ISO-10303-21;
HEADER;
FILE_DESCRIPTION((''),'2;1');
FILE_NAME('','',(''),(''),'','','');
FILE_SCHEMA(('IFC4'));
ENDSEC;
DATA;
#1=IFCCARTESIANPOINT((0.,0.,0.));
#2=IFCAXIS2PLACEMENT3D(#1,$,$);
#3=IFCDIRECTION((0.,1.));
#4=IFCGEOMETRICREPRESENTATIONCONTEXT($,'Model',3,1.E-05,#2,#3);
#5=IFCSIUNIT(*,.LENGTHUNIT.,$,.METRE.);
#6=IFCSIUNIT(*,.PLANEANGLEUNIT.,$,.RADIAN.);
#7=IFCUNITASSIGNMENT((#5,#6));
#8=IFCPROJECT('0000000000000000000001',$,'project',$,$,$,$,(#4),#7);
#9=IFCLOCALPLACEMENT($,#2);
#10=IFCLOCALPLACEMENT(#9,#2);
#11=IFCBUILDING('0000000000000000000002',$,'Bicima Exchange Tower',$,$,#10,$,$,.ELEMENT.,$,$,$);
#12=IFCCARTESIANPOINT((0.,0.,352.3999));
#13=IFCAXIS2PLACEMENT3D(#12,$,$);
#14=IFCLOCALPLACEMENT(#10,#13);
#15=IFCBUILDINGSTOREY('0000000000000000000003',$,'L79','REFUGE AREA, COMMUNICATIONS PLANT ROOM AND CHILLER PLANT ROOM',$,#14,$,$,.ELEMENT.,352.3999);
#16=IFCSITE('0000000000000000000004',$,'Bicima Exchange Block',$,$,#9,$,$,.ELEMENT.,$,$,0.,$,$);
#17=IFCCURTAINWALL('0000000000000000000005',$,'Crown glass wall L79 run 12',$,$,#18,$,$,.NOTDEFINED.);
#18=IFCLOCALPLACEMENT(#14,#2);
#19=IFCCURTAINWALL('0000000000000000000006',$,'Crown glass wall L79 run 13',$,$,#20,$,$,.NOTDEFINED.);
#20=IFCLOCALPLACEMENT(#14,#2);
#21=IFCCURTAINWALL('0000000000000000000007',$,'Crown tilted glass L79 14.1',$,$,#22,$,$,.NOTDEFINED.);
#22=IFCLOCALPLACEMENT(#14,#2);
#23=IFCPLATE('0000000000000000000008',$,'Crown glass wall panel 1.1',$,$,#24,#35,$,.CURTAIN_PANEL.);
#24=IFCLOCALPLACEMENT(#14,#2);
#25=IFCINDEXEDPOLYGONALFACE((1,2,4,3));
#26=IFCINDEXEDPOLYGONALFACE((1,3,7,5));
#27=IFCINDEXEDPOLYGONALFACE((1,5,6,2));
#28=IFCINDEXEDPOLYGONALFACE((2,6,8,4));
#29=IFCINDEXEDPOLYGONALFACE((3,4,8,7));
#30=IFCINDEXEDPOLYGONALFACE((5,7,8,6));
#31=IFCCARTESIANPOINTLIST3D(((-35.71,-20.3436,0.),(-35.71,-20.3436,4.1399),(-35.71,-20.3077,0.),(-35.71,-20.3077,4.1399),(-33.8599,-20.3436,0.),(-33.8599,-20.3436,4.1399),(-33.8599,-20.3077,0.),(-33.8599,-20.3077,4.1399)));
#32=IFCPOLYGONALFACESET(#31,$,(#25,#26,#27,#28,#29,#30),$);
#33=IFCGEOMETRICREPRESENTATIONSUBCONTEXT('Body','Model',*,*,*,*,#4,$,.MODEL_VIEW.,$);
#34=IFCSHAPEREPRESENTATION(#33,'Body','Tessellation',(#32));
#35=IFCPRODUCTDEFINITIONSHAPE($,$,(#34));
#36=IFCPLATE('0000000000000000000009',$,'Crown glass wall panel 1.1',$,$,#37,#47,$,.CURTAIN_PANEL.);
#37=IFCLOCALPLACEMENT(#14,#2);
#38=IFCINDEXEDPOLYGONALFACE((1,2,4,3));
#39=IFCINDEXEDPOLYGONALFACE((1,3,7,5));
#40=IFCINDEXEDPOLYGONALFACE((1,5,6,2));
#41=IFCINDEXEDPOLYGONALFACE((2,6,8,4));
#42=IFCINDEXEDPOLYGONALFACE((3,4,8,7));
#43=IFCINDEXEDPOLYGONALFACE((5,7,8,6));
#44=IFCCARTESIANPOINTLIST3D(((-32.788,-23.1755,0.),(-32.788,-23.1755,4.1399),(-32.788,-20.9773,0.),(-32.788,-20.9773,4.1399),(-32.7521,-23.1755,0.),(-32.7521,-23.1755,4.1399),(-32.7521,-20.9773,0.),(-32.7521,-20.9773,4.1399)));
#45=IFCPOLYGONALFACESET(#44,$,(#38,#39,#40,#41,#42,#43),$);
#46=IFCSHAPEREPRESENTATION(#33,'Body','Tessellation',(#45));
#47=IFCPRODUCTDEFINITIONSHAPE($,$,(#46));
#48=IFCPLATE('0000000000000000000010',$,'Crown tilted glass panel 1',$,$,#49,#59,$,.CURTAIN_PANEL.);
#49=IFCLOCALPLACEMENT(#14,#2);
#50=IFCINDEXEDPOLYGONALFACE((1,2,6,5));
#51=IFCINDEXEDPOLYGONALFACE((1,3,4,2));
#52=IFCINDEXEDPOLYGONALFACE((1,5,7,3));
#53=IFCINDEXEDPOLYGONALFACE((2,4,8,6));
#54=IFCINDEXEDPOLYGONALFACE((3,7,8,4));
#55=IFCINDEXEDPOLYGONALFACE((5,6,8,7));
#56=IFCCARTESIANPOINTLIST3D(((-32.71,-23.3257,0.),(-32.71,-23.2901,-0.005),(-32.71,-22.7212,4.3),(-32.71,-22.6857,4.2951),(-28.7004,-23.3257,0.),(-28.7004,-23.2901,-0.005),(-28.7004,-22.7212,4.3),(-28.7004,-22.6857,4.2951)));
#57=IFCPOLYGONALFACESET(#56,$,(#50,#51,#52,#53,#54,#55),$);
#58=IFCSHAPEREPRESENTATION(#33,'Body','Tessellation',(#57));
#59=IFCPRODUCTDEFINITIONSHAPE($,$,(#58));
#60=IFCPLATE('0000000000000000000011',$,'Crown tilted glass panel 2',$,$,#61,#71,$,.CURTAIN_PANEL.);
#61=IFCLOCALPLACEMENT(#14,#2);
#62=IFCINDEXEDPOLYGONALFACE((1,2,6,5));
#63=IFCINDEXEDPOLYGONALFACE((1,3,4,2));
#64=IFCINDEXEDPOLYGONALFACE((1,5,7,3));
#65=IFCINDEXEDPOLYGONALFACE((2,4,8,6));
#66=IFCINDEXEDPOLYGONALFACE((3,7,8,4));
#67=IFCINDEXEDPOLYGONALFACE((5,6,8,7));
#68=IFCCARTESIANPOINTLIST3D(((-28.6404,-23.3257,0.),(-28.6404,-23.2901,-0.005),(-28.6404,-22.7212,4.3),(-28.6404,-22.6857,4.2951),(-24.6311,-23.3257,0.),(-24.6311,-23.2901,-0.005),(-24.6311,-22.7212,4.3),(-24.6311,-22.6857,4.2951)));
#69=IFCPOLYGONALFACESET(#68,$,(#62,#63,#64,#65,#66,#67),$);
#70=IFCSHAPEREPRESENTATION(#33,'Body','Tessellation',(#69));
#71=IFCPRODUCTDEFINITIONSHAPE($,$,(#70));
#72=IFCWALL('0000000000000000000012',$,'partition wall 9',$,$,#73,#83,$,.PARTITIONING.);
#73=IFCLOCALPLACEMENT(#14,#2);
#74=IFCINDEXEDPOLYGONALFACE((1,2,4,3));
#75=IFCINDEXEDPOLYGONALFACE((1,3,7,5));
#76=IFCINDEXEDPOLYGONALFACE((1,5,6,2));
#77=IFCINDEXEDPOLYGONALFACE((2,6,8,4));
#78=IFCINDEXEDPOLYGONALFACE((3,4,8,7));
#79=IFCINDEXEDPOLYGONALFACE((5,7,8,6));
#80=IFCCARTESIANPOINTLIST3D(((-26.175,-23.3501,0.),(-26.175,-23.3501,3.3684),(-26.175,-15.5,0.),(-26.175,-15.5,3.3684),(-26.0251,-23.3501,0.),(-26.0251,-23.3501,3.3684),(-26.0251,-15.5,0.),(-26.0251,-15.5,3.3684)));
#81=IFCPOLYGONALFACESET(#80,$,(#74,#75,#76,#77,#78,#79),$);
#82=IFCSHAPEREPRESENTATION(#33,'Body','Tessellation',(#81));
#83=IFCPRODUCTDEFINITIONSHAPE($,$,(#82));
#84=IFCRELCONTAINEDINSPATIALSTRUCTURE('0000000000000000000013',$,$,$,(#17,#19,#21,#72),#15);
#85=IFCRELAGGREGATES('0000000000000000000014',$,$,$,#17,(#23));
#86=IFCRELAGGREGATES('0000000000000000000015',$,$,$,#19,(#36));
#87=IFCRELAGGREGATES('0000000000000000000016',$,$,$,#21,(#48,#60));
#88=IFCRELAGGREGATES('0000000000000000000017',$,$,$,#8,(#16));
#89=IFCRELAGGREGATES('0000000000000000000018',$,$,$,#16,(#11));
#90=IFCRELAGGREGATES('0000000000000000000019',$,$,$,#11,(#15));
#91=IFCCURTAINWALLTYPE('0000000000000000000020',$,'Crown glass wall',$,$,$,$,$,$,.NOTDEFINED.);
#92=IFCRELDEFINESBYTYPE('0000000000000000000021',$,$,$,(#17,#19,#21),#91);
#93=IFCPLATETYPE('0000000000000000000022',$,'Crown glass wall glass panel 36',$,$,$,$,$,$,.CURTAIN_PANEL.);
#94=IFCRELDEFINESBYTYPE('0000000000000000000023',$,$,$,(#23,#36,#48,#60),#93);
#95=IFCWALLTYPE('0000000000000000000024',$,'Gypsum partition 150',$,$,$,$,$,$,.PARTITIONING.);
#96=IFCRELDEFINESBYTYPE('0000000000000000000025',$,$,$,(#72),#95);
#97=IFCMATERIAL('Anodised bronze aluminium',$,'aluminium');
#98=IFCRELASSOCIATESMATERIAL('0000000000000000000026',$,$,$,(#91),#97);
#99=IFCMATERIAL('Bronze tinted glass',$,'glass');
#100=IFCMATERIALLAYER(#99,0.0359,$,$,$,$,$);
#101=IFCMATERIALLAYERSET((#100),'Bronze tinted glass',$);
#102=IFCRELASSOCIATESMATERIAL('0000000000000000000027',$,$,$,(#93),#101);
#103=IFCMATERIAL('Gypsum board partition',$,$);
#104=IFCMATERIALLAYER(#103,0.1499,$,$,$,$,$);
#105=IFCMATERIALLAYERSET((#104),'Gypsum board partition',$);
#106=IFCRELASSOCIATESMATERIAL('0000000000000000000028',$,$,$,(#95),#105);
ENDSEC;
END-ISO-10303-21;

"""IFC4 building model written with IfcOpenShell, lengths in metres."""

from ifc_helpers import new_model, si_unit, direction, frame, frame_2d, origin, origin_2d, place, context, subcontext, project, spatial, polyline, rectangle, outline, extrude, material, layer, layer_set, type_object, element, aggregate, save


model = new_model("IFC4")

# Units and contexts
model_context = context("Model", 3, precision=1e-05, world=origin(), true_north=direction((0.0, 1.0)))
body_context = subcontext(model_context, "Body", "Model", "MODEL_VIEW")
ifc_project = project(units=[si_unit("LENGTHUNIT", "METRE"), si_unit("PLANEANGLEUNIT", "RADIAN")], contexts=[model_context])

# Site, building, storey
site_placement = place(None, origin())
site = spatial("IfcSite", under=ifc_project, at=site_placement, Name="Bicima Exchange Block", CompositionType="ELEMENT", RefElevation=0.0)
building_placement = place(site_placement, origin())
building = spatial("IfcBuilding", under=site, at=building_placement, Name="Bicima Exchange Tower", CompositionType="ELEMENT")
storey_placement = place(building_placement, frame((0.0, 0.0, 352.3999)))
storey = spatial("IfcBuildingStorey", under=building, at=storey_placement, Name="L79", Description="REFUGE AREA, COMMUNICATIONS PLANT ROOM AND CHILLER PLANT ROOM", CompositionType="ELEMENT", Elevation=352.3999)

# Shared definitions
ifc_material_1 = material(Name="Anodised bronze aluminium", Category="aluminium")
curtain_wall_type = type_object("IfcCurtainWallType", Name="Crown glass wall", PredefinedType="NOTDEFINED", material=ifc_material_1)

# Curtain walls
curtain_wall_1_placement = place(storey_placement, origin())
curtain_wall_1 = element("IfcCurtainWall", 1, at=curtain_wall_1_placement, inside=storey, type_object=curtain_wall_type, Name="Crown glass wall L79 run 12", PredefinedType="NOTDEFINED")
curtain_wall_2_placement = place(storey_placement, origin())
curtain_wall_2 = element("IfcCurtainWall", 2, at=curtain_wall_2_placement, inside=storey, type_object=curtain_wall_type, Name="Crown glass wall L79 run 13", PredefinedType="NOTDEFINED")
curtain_wall_3_placement = place(storey_placement, origin())
curtain_wall_3 = element("IfcCurtainWall", 3, at=curtain_wall_3_placement, inside=storey, type_object=curtain_wall_type, Name="Crown tilted glass L79 14.1", PredefinedType="NOTDEFINED")

# Plates
ifc_material_2 = material(Name="Bronze tinted glass", Category="glass")
ifc_layer_1 = layer(ifc_material_2, 0.0359)
ifc_layer_set_1 = layer_set([ifc_layer_1], Name="Bronze tinted glass")
plate_type = type_object("IfcPlateType", Name="Crown glass wall glass panel 36", PredefinedType="CURTAIN_PANEL", material=ifc_layer_set_1)
plate_1_placement = place(storey_placement, frame((-34.7849, -20.3257, 0.0), z_axis=(0.0, 0.0, 1.0), x_axis=(1.0, 0.0, 0.0)))
plate_1 = element("IfcPlate", 4, at=plate_1_placement, type_object=plate_type, Name="Crown glass wall panel 1.1", PredefinedType="CURTAIN_PANEL", context=body_context, shape_type="SweptSolid", body=[
    extrude(rectangle(XDim=1.8501, YDim=0.0359, at=origin_2d()), origin(), (0.0, 0.0, 1.0), 4.1399),
])
aggregate(curtain_wall_1, [plate_1])
plate_2_placement = place(storey_placement, frame((-32.77, -22.0764, 0.0), z_axis=(0.0, 0.0, 1.0), x_axis=(0.0, -1.0, 0.0)))
plate_2 = element("IfcPlate", 5, at=plate_2_placement, type_object=plate_type, Name="Crown glass wall panel 1.1", PredefinedType="CURTAIN_PANEL", context=body_context, shape_type="SweptSolid", body=[
    extrude(rectangle(XDim=2.1982, YDim=0.0359, at=origin_2d()), origin(), (0.0, 0.0, 1.0), 4.1399),
])
aggregate(curtain_wall_2, [plate_2])
plate_3_placement = place(storey_placement, frame((-32.71, -23.3257, 0.0), z_axis=(0.0, -0.990263, 0.139209), x_axis=(1.0, 0.0, 0.0)))
plate_3 = element("IfcPlate", 6, at=plate_3_placement, type_object=plate_type, Name="Crown tilted glass panel 1", PredefinedType="CURTAIN_PANEL", context=body_context, shape_type="SweptSolid", body=[
    extrude(outline(polyline([(0.0, 0.0), (4.0095, 0.0), (4.0095, 4.3423), (0.0, 4.3423), (0.0, 0.0)])), origin(), (0.0, 0.0, -1.0), 0.0359),
])
plate_4_placement = place(storey_placement, frame((-28.6404, -23.3257, 0.0), z_axis=(0.0, -0.990263, 0.139209), x_axis=(1.0, 0.0, 0.0)))
plate_4 = element("IfcPlate", 7, at=plate_4_placement, type_object=plate_type, Name="Crown tilted glass panel 2", PredefinedType="CURTAIN_PANEL", context=body_context, shape_type="SweptSolid", body=[
    extrude(outline(polyline([(0.0, 0.0), (4.0093, 0.0), (4.0093, 4.3423), (0.0, 4.3423), (0.0, 0.0)])), origin(), (0.0, 0.0, -1.0), 0.0359),
])
aggregate(curtain_wall_3, [plate_3, plate_4])

# Wall
ifc_material_3 = material(Name="Gypsum board partition")
ifc_layer_2 = layer(ifc_material_3, 0.1499)
ifc_layer_set_2 = layer_set([ifc_layer_2], Name="Gypsum board partition")
wall_type = type_object("IfcWallType", Name="Gypsum partition 150", PredefinedType="PARTITIONING", material=ifc_layer_set_2)
wall_placement = place(storey_placement, frame((-26.1001, -23.3501, 0.0), z_axis=(0.0, 0.0, 1.0), x_axis=(0.0, 1.0, 0.0)))
element("IfcWall", 8, at=wall_placement, inside=storey, type_object=wall_type, Name="partition wall 9", PredefinedType="PARTITIONING", context=body_context, shape_type="SweptSolid", body=[
    extrude(rectangle(XDim=7.8501, YDim=0.1499, at=frame_2d((3.925, 0.0))), origin(), (0.0, 0.0, 1.0), 3.3684),
])

save(model, "model.ifc")
